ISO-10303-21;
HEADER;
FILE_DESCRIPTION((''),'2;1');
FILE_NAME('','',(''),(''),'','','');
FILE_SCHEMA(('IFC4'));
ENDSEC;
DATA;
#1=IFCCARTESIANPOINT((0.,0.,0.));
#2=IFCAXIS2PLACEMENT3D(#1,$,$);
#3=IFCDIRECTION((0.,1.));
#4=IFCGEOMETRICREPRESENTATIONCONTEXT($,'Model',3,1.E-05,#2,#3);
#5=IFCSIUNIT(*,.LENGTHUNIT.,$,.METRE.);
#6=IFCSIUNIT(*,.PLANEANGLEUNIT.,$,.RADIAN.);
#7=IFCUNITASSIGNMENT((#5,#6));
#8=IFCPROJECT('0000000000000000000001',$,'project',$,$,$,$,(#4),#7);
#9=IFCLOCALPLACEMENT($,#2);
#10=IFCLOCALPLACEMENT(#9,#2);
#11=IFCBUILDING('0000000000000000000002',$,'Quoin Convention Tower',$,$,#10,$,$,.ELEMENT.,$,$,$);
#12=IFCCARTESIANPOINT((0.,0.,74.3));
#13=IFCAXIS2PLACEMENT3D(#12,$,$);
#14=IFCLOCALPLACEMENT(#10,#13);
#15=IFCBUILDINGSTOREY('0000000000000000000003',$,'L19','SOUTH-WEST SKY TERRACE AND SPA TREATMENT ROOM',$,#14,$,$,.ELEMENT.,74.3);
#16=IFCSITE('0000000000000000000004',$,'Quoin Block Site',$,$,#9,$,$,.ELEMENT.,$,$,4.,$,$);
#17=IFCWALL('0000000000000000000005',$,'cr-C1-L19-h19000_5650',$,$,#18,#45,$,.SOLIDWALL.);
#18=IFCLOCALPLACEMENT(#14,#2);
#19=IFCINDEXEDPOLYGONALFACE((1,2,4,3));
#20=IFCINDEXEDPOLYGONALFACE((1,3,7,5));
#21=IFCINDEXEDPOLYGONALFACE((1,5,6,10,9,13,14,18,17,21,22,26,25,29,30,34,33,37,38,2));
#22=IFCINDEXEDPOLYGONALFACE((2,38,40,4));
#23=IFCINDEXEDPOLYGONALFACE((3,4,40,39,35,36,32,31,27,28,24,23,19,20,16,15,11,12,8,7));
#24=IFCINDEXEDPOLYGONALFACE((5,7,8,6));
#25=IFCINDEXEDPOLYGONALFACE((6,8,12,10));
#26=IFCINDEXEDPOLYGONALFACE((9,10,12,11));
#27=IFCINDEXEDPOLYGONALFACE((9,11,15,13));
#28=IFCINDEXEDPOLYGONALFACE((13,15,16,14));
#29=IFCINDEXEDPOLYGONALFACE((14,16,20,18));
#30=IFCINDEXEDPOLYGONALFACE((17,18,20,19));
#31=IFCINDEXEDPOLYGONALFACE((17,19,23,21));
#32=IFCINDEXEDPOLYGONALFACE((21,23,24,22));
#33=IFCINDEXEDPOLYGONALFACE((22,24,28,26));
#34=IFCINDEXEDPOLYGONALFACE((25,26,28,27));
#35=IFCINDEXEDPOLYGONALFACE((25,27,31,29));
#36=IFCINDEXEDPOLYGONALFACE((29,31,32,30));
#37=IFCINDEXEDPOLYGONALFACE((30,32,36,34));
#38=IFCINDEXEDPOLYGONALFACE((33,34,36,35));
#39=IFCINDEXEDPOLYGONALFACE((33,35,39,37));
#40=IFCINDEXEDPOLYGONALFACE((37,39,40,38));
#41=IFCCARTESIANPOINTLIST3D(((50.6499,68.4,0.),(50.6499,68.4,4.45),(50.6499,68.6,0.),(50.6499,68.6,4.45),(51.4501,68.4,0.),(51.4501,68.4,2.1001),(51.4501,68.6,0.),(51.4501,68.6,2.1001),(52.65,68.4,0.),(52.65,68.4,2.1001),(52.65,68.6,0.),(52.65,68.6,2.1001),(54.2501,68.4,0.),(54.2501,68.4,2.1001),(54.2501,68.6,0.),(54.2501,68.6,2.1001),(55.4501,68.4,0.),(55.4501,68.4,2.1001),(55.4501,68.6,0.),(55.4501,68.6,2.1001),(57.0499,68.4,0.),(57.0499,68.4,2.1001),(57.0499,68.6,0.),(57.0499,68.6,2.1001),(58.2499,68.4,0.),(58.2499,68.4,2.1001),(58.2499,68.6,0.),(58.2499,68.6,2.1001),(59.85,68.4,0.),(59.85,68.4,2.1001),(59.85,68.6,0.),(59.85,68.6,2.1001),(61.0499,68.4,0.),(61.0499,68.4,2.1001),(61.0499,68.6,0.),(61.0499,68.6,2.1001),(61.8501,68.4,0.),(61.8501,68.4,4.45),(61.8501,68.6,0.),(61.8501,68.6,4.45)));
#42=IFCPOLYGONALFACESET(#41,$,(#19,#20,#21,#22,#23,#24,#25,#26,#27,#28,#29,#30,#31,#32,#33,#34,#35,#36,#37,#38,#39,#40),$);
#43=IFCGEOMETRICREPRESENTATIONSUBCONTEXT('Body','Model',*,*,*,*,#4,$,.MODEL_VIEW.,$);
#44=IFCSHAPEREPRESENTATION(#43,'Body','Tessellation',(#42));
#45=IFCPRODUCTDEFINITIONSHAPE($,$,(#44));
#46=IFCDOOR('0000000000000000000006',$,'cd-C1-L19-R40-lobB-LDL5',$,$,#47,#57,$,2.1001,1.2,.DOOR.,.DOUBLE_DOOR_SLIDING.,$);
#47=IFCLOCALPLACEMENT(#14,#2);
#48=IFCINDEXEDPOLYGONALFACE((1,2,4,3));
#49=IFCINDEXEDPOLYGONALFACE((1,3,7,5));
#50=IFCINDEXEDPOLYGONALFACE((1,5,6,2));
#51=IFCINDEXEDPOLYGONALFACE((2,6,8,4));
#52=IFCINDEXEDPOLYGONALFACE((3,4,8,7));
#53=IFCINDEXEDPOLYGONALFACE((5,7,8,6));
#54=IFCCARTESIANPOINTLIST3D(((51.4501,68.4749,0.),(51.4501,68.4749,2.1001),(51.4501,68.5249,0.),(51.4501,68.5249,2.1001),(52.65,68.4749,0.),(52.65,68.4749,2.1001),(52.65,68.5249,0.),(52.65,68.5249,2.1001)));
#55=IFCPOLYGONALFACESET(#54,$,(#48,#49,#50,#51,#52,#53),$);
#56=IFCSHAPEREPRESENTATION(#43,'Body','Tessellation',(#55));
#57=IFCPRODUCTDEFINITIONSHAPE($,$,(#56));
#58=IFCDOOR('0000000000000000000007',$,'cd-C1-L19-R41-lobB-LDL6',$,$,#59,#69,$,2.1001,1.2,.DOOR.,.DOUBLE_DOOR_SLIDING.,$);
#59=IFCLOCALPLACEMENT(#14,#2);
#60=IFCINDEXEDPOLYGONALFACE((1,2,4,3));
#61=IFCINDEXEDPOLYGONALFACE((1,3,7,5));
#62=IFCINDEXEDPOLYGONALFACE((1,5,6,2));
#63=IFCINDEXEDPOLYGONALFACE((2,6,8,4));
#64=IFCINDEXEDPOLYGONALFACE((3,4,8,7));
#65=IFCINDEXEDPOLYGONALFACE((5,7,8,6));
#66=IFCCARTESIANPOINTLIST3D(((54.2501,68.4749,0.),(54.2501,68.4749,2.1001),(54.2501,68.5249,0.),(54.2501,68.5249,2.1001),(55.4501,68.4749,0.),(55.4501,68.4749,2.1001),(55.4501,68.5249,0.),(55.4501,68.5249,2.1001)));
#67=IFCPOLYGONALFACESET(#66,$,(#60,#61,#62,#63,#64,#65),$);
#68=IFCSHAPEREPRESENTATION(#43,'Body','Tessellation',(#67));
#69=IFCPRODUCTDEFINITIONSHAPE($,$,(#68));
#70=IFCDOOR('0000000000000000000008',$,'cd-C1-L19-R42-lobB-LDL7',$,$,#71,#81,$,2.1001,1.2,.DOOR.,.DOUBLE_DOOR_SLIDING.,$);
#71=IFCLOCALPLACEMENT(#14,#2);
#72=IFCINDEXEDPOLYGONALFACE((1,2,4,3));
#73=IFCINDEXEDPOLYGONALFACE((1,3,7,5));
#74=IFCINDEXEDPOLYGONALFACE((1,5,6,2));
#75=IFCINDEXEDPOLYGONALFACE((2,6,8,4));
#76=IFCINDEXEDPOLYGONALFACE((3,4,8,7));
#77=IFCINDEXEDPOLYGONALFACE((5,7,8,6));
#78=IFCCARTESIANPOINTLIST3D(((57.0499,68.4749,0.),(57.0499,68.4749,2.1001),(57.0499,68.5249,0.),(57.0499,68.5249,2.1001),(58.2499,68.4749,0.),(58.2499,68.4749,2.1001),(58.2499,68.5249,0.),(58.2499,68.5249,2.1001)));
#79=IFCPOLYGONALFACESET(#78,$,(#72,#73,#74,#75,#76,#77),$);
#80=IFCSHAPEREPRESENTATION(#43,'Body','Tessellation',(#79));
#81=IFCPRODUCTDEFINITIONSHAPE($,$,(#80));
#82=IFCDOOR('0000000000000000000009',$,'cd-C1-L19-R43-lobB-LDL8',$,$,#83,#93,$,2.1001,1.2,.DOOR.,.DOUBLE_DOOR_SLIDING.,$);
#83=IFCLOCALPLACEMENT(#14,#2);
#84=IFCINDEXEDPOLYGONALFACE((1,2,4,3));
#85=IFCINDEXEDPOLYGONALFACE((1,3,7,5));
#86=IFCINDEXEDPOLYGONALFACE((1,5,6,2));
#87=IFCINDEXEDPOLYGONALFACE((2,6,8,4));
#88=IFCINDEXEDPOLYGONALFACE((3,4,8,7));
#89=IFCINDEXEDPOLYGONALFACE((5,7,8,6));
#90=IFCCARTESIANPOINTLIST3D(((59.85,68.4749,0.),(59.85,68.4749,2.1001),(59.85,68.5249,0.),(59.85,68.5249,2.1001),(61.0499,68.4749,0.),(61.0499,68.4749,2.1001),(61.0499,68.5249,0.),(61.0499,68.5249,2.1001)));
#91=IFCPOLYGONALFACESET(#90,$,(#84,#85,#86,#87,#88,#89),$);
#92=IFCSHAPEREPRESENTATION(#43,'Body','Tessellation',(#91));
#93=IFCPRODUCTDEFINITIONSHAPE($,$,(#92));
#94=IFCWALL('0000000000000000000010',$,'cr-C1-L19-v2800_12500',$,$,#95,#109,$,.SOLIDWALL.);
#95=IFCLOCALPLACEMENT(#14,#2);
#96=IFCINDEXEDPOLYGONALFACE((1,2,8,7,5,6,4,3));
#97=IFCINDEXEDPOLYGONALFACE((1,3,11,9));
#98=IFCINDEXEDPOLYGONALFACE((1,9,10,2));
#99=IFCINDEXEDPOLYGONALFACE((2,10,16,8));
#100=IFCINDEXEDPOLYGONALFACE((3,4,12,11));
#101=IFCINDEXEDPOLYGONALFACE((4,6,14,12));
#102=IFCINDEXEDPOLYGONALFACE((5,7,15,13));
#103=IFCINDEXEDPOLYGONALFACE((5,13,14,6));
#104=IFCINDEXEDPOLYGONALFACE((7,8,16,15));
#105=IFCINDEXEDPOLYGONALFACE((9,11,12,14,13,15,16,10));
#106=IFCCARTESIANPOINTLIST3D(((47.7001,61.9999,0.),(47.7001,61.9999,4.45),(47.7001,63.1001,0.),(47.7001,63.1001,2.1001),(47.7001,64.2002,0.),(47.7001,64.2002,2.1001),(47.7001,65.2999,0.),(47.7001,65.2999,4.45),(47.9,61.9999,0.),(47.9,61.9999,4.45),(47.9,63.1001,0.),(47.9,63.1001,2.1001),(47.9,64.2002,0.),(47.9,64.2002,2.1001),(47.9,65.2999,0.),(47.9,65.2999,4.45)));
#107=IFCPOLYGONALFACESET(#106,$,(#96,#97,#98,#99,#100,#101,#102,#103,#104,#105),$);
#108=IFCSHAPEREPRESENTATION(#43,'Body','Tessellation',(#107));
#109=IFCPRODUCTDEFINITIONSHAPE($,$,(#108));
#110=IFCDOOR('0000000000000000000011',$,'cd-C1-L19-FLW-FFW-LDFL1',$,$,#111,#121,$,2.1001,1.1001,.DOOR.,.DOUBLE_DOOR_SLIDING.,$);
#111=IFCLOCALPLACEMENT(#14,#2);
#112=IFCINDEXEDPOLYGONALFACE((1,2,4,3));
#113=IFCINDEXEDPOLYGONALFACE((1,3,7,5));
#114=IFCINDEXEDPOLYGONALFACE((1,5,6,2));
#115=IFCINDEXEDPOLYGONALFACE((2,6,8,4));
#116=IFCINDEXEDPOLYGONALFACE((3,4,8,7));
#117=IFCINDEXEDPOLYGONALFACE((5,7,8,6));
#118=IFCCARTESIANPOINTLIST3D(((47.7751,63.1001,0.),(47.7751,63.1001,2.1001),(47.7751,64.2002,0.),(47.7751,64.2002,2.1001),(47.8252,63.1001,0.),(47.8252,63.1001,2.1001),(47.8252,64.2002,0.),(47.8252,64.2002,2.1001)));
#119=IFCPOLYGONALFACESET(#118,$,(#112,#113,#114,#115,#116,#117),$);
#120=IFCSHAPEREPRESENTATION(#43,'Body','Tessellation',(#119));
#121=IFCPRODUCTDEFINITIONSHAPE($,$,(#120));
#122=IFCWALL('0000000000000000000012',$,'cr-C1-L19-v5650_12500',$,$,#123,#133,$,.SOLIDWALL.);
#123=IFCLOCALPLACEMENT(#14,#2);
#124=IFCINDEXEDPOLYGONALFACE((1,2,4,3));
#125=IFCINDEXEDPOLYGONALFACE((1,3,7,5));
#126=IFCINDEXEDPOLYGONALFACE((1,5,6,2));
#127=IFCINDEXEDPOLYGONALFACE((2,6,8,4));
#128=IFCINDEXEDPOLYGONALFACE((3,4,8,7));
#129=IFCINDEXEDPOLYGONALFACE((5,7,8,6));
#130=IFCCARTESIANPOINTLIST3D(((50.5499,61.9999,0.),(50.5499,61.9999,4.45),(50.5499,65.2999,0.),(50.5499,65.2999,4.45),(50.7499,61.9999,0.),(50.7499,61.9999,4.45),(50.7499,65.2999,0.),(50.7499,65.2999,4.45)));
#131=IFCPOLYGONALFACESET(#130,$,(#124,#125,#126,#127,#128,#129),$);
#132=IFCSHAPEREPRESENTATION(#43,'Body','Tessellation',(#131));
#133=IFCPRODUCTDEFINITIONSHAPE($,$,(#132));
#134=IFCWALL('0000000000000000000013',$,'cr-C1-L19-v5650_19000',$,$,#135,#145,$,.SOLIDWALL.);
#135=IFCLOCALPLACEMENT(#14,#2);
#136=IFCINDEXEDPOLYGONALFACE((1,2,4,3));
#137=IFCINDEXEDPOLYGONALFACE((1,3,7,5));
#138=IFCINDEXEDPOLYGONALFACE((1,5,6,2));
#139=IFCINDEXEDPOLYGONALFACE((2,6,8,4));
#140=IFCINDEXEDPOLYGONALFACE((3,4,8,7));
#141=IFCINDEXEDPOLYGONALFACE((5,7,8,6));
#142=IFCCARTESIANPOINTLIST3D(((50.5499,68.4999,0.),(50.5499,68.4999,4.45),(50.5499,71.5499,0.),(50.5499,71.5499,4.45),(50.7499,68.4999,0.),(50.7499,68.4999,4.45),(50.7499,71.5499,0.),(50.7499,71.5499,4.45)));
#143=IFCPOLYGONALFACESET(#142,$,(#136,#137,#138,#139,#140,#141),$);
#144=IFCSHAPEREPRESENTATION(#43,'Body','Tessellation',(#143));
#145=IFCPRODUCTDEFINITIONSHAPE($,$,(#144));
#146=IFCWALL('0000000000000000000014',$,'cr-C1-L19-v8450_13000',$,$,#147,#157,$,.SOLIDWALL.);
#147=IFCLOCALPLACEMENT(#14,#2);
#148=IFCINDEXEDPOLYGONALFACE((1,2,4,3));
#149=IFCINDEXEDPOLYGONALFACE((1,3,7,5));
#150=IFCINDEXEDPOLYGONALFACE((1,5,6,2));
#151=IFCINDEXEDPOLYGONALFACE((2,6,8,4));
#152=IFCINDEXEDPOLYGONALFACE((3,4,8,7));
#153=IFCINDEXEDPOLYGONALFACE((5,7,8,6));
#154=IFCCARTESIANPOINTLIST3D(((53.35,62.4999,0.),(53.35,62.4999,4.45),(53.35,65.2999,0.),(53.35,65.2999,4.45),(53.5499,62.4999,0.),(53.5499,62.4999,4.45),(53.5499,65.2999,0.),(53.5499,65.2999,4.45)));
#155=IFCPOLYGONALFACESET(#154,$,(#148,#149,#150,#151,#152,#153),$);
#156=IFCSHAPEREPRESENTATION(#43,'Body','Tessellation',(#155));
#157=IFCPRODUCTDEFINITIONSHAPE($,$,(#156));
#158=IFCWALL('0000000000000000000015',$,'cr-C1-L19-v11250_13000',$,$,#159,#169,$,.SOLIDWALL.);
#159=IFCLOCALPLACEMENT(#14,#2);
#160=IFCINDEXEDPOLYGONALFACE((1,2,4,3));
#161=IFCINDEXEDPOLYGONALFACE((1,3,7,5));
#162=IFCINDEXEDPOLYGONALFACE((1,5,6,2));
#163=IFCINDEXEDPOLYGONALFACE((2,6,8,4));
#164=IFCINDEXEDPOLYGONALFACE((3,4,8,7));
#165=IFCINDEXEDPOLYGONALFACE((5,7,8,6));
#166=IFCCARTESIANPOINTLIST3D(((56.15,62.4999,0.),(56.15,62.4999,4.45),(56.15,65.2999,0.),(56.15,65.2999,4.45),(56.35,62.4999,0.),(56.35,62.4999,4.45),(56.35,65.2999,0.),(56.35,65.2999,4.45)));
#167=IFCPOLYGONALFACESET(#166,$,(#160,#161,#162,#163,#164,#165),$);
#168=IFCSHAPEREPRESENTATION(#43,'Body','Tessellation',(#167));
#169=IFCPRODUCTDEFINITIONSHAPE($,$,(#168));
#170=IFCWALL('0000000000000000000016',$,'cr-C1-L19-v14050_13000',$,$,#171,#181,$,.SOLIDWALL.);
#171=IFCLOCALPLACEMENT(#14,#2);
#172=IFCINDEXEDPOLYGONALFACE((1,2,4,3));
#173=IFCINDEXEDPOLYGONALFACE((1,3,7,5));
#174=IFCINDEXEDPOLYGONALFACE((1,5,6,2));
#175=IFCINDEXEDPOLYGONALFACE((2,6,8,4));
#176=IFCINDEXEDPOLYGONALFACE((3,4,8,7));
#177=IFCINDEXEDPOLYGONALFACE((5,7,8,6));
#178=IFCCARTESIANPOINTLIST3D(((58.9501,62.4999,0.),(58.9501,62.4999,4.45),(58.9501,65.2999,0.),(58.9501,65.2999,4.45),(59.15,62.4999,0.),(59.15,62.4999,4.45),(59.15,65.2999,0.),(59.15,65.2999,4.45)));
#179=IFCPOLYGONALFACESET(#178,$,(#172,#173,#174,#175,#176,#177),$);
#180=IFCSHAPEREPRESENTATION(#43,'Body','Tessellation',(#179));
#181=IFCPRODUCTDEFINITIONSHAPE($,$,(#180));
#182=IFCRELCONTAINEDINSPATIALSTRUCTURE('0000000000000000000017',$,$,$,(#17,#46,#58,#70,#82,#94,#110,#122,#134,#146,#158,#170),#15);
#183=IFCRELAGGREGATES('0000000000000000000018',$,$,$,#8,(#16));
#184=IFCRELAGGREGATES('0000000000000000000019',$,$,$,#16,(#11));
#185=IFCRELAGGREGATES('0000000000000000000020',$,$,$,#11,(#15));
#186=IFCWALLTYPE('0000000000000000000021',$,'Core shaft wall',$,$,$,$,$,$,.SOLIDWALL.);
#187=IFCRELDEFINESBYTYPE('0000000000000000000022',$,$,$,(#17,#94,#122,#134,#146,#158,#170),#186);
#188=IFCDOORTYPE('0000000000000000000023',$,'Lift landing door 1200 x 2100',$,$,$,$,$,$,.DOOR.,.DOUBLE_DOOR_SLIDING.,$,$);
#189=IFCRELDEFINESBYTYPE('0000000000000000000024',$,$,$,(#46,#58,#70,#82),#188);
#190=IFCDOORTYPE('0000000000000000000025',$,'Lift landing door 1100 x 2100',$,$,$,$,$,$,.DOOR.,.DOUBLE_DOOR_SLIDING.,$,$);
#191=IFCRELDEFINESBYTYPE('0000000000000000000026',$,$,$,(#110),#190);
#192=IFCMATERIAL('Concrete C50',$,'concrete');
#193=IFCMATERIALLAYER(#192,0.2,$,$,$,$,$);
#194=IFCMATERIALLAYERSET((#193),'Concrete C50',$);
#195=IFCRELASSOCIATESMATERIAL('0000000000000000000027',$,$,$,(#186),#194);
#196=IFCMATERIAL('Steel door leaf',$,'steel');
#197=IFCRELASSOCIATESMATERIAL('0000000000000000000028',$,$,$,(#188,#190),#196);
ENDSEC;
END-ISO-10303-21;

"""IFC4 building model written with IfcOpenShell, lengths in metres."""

from ifc_helpers import new_model, si_unit, direction, frame, frame_2d, origin, place, context, subcontext, project, spatial, rectangle, extrude, material, layer, layer_set, type_object, element, fill, save


model = new_model("IFC4")

# Units and contexts
model_context = context("Model", 3, precision=1e-05, world=origin(), true_north=direction((0.0, 1.0)))
body_context = subcontext(model_context, "Body", "Model", "MODEL_VIEW")
ifc_project = project(units=[si_unit("LENGTHUNIT", "METRE"), si_unit("PLANEANGLEUNIT", "RADIAN")], contexts=[model_context])

# Site, building, storey
site_placement = place(None, origin())
site = spatial("IfcSite", under=ifc_project, at=site_placement, Name="Quoin Block Site", CompositionType="ELEMENT", RefElevation=4.0)
building_placement = place(site_placement, origin())
building = spatial("IfcBuilding", under=site, at=building_placement, Name="Quoin Convention Tower", CompositionType="ELEMENT")
storey_placement = place(building_placement, frame((0.0, 0.0, 74.3)))
storey = spatial("IfcBuildingStorey", under=building, at=storey_placement, Name="L19", Description="SOUTH-WEST SKY TERRACE AND SPA TREATMENT ROOM", CompositionType="ELEMENT", Elevation=74.3)

# Shared definitions
ifc_material_1 = material(Name="Steel door leaf", Category="steel")

# Shared definitions
ifc_material_2 = material(Name="Concrete C50", Category="concrete")
ifc_layer_1 = layer(ifc_material_2, 0.2)
ifc_layer_set_1 = layer_set([ifc_layer_1], Name="Concrete C50")
wall_type_1 = type_object("IfcWallType", Name="Core shaft wall", PredefinedType="SOLIDWALL", material=ifc_layer_set_1)

# Wall, openings, doors
wall_1_placement = place(storey_placement, frame((50.6499, 68.5, 0.0), z_axis=(0.0, 0.0, 1.0), x_axis=(1.0, 0.0, 0.0)))
wall_1 = element("IfcWall", 1, at=wall_1_placement, inside=storey, type_object=wall_type_1, Name="cr-C1-L19-h19000_5650", PredefinedType="SOLIDWALL", context=body_context, shape_type="SweptSolid", body=[
    extrude(rectangle(XDim=11.2002, YDim=0.2, at=frame_2d((5.6001, 0.0))), origin(), (0.0, 0.0, 1.0), 4.45),
])
opening_1_placement = place(wall_1_placement, frame((0.8, 0.0, 0.0)))
opening_1 = element("IfcOpeningElement", 2, at=opening_1_placement, cuts=wall_1, PredefinedType="OPENING", context=body_context, shape_type="SweptSolid", body=[
    extrude(rectangle(XDim=1.2, YDim=2.1001, at=frame_2d((0.6001, 1.05))), frame((0.0, 0.1099, 0.0), z_axis=(0.0, -1.0, 0.0), x_axis=(1.0, 0.0, 0.0)), (0.0, 0.0, 1.0), 0.22),
])
opening_2_placement = place(wall_1_placement, frame((3.6001, 0.0, 0.0)))
opening_2 = element("IfcOpeningElement", 3, at=opening_2_placement, cuts=wall_1, PredefinedType="OPENING", context=body_context, shape_type="SweptSolid", body=[
    extrude(rectangle(XDim=1.2, YDim=2.1001, at=frame_2d((0.6001, 1.05))), frame((0.0, 0.1099, 0.0), z_axis=(0.0, -1.0, 0.0), x_axis=(1.0, 0.0, 0.0)), (0.0, 0.0, 1.0), 0.22),
])
opening_3_placement = place(wall_1_placement, frame((6.3999, 0.0, 0.0)))
opening_3 = element("IfcOpeningElement", 4, at=opening_3_placement, cuts=wall_1, PredefinedType="OPENING", context=body_context, shape_type="SweptSolid", body=[
    extrude(rectangle(XDim=1.2, YDim=2.1001, at=frame_2d((0.6001, 1.05))), frame((0.0, 0.1099, 0.0), z_axis=(0.0, -1.0, 0.0), x_axis=(1.0, 0.0, 0.0)), (0.0, 0.0, 1.0), 0.22),
])
opening_4_placement = place(wall_1_placement, frame((9.2, 0.0, 0.0)))
opening_4 = element("IfcOpeningElement", 5, at=opening_4_placement, cuts=wall_1, PredefinedType="OPENING", context=body_context, shape_type="SweptSolid", body=[
    extrude(rectangle(XDim=1.2, YDim=2.1001, at=frame_2d((0.6001, 1.05))), frame((0.0, 0.1099, 0.0), z_axis=(0.0, -1.0, 0.0), x_axis=(1.0, 0.0, 0.0)), (0.0, 0.0, 1.0), 0.22),
])
door_type_1 = type_object("IfcDoorType", Name="Lift landing door 1200 x 2100", OperationType="DOUBLE_DOOR_SLIDING", PredefinedType="DOOR", material=ifc_material_1)
door_1_placement = place(opening_1_placement, origin())
door_1 = element("IfcDoor", 6, at=door_1_placement, inside=storey, type_object=door_type_1, Name="cd-C1-L19-R40-lobB-LDL5", OperationType="DOUBLE_DOOR_SLIDING", OverallHeight=2.1001, OverallWidth=1.2, PredefinedType="DOOR", context=body_context, shape_type="SweptSolid", body=[
    extrude(rectangle(XDim=1.2, YDim=2.1001, at=frame_2d((0.6001, 1.05))), frame((0.0, 0.0249, 0.0), z_axis=(0.0, -1.0, 0.0), x_axis=(1.0, 0.0, 0.0)), (0.0, 0.0, 1.0), 0.05),
])
fill(opening_1, door_1)
door_2_placement = place(opening_2_placement, origin())
door_2 = element("IfcDoor", 7, at=door_2_placement, inside=storey, type_object=door_type_1, Name="cd-C1-L19-R41-lobB-LDL6", OperationType="DOUBLE_DOOR_SLIDING", OverallHeight=2.1001, OverallWidth=1.2, PredefinedType="DOOR", context=body_context, shape_type="SweptSolid", body=[
    extrude(rectangle(XDim=1.2, YDim=2.1001, at=frame_2d((0.6001, 1.05))), frame((0.0, 0.0249, 0.0), z_axis=(0.0, -1.0, 0.0), x_axis=(1.0, 0.0, 0.0)), (0.0, 0.0, 1.0), 0.05),
])
fill(opening_2, door_2)
door_3_placement = place(opening_3_placement, origin())
door_3 = element("IfcDoor", 8, at=door_3_placement, inside=storey, type_object=door_type_1, Name="cd-C1-L19-R42-lobB-LDL7", OperationType="DOUBLE_DOOR_SLIDING", OverallHeight=2.1001, OverallWidth=1.2, PredefinedType="DOOR", context=body_context, shape_type="SweptSolid", body=[
    extrude(rectangle(XDim=1.2, YDim=2.1001, at=frame_2d((0.6001, 1.05))), frame((0.0, 0.0249, 0.0), z_axis=(0.0, -1.0, 0.0), x_axis=(1.0, 0.0, 0.0)), (0.0, 0.0, 1.0), 0.05),
])
fill(opening_3, door_3)
door_4_placement = place(opening_4_placement, origin())
door_4 = element("IfcDoor", 9, at=door_4_placement, inside=storey, type_object=door_type_1, Name="cd-C1-L19-R43-lobB-LDL8", OperationType="DOUBLE_DOOR_SLIDING", OverallHeight=2.1001, OverallWidth=1.2, PredefinedType="DOOR", context=body_context, shape_type="SweptSolid", body=[
    extrude(rectangle(XDim=1.2, YDim=2.1001, at=frame_2d((0.6001, 1.05))), frame((0.0, 0.0249, 0.0), z_axis=(0.0, -1.0, 0.0), x_axis=(1.0, 0.0, 0.0)), (0.0, 0.0, 1.0), 0.05),
])
fill(opening_4, door_4)

# Wall, opening, door
wall_2_placement = place(storey_placement, frame((47.8, 62.0, 0.0), z_axis=(0.0, 0.0, 1.0), x_axis=(0.0, 1.0, 0.0)))
wall_2 = element("IfcWall", 10, at=wall_2_placement, inside=storey, type_object=wall_type_1, Name="cr-C1-L19-v2800_12500", PredefinedType="SOLIDWALL", context=body_context, shape_type="SweptSolid", body=[
    extrude(rectangle(XDim=3.3, YDim=0.2, at=frame_2d((1.6499, 0.0))), origin(), (0.0, 0.0, 1.0), 4.45),
])
opening_5_placement = place(wall_2_placement, frame((1.1001, 0.0, 0.0)))
opening_5 = element("IfcOpeningElement", 11, at=opening_5_placement, cuts=wall_2, PredefinedType="OPENING", context=body_context, shape_type="SweptSolid", body=[
    extrude(rectangle(XDim=1.1001, YDim=2.1001, at=frame_2d((0.55, 1.05))), frame((0.0, 0.1099, 0.0), z_axis=(0.0, -1.0, 0.0), x_axis=(1.0, 0.0, 0.0)), (0.0, 0.0, 1.0), 0.22),
])
door_type_2 = type_object("IfcDoorType", Name="Lift landing door 1100 x 2100", OperationType="DOUBLE_DOOR_SLIDING", PredefinedType="DOOR", material=ifc_material_1)
door_5_placement = place(opening_5_placement, origin())
door_5 = element("IfcDoor", 12, at=door_5_placement, inside=storey, type_object=door_type_2, Name="cd-C1-L19-FLW-FFW-LDFL1", OperationType="DOUBLE_DOOR_SLIDING", OverallHeight=2.1001, OverallWidth=1.1001, PredefinedType="DOOR", context=body_context, shape_type="SweptSolid", body=[
    extrude(rectangle(XDim=1.1001, YDim=2.1001, at=frame_2d((0.55, 1.05))), frame((0.0, 0.0249, 0.0), z_axis=(0.0, -1.0, 0.0), x_axis=(1.0, 0.0, 0.0)), (0.0, 0.0, 1.0), 0.05),
])
fill(opening_5, door_5)

# Walls
wall_3_placement = place(storey_placement, frame((50.6499, 62.0, 0.0), z_axis=(0.0, 0.0, 1.0), x_axis=(0.0, 1.0, 0.0)))
element("IfcWall", 13, at=wall_3_placement, inside=storey, type_object=wall_type_1, Name="cr-C1-L19-v5650_12500", PredefinedType="SOLIDWALL", context=body_context, shape_type="SweptSolid", body=[
    extrude(rectangle(XDim=3.3, YDim=0.2, at=frame_2d((1.6499, 0.0))), origin(), (0.0, 0.0, 1.0), 4.45),
])
wall_4_placement = place(storey_placement, frame((50.6499, 68.5, 0.0), z_axis=(0.0, 0.0, 1.0), x_axis=(0.0, 1.0, 0.0)))
element("IfcWall", 14, at=wall_4_placement, inside=storey, type_object=wall_type_1, Name="cr-C1-L19-v5650_19000", PredefinedType="SOLIDWALL", context=body_context, shape_type="SweptSolid", body=[
    extrude(rectangle(XDim=3.05, YDim=0.2, at=frame_2d((1.5249, 0.0))), origin(), (0.0, 0.0, 1.0), 4.45),
])
for number, where, z_axis, x_axis, name in (
    (15, (53.45, 62.5, 0.0), (0.0, 0.0, 1.0), (0.0, 1.0, 0.0), "cr-C1-L19-v8450_13000"),
    (16, (56.25, 62.5, 0.0), (0.0, 0.0, 1.0), (0.0, 1.0, 0.0), "cr-C1-L19-v11250_13000"),
    (17, (59.05, 62.5, 0.0), (0.0, 0.0, 1.0), (0.0, 1.0, 0.0), "cr-C1-L19-v14050_13000"),
):
    element("IfcWall", number, at=place(storey_placement, frame(where, z_axis=z_axis, x_axis=x_axis)), inside=storey, type_object=wall_type_1, Name=name, PredefinedType="SOLIDWALL", context=body_context, shape_type="SweptSolid", body=[
        extrude(rectangle(XDim=2.8, YDim=0.2, at=frame_2d((1.3999, 0.0))), origin(), (0.0, 0.0, 1.0), 4.45),
    ])

save(model, "model.ifc")
